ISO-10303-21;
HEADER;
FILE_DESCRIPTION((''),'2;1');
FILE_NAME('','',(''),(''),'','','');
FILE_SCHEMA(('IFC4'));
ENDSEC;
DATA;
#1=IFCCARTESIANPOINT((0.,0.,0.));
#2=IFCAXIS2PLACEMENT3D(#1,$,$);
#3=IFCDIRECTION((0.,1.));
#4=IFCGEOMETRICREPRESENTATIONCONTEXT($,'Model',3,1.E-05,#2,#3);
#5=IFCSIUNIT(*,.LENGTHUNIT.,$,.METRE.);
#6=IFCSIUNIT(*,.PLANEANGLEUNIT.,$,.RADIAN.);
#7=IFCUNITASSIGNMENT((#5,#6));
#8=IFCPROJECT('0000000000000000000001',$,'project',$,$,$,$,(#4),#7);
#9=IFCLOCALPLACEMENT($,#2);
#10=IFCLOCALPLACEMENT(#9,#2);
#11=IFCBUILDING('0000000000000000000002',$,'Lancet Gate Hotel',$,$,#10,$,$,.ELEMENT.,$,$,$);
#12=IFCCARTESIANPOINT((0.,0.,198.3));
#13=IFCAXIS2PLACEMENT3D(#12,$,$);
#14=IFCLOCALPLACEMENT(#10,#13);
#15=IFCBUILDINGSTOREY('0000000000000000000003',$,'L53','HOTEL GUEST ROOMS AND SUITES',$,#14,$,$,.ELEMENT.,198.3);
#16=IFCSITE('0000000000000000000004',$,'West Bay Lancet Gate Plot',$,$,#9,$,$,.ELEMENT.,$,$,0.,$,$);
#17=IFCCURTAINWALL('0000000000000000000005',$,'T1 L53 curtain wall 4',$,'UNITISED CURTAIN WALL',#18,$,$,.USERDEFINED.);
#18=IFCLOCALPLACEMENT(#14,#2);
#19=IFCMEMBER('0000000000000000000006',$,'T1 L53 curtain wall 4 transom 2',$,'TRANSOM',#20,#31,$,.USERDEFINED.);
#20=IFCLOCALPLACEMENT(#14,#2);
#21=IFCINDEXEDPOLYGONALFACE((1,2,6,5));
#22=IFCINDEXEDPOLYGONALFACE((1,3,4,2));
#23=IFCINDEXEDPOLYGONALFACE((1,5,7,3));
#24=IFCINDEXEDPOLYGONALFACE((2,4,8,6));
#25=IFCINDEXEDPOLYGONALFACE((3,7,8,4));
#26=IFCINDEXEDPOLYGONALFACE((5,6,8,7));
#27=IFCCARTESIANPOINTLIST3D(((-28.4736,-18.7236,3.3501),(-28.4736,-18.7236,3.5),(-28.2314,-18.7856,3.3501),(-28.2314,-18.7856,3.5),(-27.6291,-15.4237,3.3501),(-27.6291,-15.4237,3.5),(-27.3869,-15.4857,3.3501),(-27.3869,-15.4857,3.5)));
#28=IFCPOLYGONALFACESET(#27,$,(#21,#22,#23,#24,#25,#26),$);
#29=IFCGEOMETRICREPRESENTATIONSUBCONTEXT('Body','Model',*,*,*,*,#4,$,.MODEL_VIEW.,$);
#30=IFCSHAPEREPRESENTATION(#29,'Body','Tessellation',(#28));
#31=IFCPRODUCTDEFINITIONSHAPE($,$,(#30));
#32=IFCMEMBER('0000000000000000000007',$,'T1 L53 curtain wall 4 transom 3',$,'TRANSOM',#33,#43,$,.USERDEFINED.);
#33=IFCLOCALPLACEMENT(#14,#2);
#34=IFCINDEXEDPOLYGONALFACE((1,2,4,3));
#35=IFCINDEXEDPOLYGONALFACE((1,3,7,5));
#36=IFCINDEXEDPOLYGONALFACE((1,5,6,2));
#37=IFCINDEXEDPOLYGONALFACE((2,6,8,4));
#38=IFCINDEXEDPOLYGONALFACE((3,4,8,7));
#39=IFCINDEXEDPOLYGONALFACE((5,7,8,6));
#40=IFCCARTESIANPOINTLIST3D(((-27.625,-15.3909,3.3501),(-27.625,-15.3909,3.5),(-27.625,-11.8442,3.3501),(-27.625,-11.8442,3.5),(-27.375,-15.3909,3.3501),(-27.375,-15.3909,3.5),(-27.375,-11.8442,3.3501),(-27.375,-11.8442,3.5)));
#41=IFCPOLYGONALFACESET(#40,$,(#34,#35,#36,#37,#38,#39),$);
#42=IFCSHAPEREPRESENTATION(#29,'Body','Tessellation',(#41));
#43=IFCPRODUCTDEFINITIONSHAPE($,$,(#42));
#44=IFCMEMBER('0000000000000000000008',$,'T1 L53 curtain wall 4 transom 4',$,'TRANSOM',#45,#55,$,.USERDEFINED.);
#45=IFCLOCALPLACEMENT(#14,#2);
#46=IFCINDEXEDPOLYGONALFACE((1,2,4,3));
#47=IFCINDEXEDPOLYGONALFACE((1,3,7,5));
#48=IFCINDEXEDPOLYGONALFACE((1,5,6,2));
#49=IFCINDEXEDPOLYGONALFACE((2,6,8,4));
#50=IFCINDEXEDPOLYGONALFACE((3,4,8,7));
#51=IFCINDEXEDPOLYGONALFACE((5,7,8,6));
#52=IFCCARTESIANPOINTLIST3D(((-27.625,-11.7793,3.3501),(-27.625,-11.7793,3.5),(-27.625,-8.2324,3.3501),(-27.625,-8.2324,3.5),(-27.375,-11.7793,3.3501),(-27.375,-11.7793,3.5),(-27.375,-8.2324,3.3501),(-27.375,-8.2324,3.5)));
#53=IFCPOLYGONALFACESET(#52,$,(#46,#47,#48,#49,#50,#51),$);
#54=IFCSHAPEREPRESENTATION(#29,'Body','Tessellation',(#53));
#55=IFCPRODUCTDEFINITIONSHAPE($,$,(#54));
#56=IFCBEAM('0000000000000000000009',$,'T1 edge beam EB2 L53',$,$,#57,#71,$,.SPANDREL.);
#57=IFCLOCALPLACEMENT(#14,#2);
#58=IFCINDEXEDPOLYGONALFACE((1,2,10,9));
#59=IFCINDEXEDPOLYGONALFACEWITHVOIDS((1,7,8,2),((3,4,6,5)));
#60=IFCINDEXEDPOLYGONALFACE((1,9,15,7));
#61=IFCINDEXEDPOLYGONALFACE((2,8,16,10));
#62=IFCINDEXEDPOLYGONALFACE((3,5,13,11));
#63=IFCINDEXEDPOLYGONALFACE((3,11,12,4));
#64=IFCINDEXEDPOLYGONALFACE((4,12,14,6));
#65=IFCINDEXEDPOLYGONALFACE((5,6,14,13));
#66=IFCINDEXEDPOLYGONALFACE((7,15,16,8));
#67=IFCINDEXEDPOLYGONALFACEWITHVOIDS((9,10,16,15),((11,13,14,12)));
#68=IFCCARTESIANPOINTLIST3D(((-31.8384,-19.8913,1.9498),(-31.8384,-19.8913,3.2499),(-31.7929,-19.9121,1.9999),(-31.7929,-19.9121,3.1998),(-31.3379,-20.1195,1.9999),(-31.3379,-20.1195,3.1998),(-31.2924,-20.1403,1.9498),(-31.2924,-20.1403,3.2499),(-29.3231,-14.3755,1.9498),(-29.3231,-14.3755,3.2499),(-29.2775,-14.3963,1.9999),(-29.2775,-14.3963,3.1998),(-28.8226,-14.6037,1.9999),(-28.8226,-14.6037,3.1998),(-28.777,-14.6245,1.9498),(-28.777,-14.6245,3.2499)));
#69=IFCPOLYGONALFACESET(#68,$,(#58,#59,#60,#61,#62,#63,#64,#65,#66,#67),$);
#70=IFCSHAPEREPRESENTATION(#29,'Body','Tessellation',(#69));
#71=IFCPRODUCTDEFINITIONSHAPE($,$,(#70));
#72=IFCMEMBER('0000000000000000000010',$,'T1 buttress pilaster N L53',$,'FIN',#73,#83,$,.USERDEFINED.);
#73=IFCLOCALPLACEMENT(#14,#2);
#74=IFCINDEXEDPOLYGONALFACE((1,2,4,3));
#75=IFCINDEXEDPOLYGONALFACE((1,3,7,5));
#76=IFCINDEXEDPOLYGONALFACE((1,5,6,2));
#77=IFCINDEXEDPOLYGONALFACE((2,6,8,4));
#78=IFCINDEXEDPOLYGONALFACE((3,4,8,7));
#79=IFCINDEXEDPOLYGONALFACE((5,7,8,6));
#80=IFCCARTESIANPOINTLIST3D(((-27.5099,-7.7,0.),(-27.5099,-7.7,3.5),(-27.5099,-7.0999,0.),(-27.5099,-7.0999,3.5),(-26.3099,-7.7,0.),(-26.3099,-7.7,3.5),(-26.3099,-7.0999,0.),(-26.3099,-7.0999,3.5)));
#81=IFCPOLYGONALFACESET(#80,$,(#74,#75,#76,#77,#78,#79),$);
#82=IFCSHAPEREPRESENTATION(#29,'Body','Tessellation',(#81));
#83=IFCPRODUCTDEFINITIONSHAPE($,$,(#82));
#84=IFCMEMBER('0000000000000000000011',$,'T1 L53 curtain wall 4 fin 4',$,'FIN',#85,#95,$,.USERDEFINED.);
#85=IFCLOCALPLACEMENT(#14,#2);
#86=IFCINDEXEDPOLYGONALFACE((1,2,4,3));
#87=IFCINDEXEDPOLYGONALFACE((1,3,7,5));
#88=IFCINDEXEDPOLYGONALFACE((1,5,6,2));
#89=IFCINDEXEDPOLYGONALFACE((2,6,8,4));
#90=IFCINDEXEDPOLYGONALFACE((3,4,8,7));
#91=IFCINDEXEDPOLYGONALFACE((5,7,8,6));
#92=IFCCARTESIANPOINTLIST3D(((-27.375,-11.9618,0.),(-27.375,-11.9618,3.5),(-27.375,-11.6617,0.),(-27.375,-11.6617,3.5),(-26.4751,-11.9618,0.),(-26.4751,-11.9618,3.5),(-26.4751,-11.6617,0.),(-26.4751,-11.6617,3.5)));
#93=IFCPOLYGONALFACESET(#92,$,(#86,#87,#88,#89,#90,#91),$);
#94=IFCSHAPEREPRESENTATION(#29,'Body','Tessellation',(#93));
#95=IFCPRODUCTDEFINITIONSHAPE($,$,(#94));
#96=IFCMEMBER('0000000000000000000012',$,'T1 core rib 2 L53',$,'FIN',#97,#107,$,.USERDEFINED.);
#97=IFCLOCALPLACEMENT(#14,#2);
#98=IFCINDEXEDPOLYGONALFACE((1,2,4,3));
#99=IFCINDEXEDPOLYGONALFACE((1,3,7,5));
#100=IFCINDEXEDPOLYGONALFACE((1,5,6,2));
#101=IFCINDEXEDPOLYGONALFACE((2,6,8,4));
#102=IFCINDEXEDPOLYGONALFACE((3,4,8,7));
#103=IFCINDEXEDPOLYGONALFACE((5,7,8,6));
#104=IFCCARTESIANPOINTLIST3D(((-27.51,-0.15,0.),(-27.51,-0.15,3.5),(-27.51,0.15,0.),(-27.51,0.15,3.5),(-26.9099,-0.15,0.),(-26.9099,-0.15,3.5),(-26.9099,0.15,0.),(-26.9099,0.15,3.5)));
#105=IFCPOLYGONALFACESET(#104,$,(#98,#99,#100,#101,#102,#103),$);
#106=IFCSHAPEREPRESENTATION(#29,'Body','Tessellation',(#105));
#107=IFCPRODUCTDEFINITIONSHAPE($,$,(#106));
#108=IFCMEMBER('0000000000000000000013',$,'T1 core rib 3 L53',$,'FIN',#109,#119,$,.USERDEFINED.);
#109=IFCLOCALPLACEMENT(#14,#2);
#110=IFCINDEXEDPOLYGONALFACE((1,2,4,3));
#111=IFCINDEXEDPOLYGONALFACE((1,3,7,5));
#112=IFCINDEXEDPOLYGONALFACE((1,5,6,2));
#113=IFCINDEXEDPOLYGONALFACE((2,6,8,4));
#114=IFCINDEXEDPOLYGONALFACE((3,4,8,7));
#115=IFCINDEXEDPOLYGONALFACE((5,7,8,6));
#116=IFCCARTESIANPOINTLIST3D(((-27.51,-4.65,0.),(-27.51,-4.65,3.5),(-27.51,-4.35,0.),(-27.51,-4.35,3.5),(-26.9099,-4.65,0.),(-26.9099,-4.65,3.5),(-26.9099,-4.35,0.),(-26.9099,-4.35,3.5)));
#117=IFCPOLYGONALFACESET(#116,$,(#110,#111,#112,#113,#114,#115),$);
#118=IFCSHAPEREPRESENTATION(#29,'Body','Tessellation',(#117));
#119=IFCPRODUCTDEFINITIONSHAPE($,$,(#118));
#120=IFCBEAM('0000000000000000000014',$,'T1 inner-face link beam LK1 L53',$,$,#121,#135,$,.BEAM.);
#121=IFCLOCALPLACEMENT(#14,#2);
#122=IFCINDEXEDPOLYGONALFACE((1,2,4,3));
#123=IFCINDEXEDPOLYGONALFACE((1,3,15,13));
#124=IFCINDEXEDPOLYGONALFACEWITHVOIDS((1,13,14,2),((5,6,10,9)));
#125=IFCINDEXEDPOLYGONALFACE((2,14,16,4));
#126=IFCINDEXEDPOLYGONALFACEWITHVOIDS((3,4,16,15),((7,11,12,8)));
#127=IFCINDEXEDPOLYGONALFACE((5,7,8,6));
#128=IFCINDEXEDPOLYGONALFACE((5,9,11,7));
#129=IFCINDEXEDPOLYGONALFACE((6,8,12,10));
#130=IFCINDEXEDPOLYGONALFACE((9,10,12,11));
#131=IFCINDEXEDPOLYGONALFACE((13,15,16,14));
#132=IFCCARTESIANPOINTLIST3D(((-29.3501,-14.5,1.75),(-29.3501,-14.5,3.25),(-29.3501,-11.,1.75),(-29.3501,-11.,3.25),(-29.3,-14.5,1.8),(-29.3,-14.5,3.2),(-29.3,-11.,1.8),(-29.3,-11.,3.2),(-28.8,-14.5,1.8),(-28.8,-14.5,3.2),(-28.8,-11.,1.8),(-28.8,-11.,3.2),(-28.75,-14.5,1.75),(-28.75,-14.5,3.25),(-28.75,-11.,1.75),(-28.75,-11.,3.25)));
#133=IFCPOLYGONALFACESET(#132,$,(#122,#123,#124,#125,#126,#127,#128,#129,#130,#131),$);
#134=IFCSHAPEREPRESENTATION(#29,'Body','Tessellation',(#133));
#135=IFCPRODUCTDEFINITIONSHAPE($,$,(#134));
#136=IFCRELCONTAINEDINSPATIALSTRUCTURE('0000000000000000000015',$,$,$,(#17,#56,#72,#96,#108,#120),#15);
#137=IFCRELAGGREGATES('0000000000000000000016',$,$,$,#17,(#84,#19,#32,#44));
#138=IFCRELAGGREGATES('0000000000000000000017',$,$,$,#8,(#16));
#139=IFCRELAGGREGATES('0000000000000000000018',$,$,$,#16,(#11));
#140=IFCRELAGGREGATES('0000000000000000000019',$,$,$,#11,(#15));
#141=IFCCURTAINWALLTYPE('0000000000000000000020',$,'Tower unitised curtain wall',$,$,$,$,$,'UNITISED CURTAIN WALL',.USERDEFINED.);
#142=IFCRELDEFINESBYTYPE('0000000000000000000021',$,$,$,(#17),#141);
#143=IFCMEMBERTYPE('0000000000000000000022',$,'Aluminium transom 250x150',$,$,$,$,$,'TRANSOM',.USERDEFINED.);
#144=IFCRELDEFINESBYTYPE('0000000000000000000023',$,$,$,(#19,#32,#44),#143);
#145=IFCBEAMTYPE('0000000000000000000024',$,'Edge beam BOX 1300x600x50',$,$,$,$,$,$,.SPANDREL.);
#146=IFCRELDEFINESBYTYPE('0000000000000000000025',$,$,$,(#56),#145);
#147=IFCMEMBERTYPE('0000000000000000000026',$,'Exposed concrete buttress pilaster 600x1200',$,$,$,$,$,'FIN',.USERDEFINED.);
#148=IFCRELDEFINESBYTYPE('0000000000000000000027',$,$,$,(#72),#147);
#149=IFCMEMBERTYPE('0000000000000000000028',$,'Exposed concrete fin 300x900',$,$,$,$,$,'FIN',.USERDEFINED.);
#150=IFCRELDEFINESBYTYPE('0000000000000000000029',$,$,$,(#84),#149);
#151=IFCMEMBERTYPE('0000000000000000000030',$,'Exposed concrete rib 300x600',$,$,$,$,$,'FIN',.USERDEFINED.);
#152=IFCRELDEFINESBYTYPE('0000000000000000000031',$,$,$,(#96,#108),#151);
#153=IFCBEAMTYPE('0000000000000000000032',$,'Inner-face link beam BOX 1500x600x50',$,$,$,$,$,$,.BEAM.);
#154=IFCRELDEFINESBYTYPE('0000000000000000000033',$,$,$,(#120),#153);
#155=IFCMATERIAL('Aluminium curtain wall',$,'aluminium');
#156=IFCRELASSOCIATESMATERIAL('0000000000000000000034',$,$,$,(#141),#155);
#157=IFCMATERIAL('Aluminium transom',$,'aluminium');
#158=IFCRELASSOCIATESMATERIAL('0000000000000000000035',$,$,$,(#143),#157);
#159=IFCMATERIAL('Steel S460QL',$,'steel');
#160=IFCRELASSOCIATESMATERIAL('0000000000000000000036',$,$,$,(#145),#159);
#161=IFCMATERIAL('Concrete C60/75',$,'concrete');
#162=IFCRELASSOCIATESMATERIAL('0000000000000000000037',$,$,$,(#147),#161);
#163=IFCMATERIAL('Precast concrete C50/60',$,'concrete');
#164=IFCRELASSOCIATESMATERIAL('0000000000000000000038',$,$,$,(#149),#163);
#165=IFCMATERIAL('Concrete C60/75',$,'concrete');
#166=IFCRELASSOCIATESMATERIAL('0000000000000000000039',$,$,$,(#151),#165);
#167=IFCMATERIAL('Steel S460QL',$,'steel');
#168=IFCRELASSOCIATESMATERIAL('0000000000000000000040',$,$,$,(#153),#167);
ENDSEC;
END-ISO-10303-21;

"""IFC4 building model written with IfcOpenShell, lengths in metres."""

from ifc_helpers import new_model, si_unit, direction, frame, origin, origin_2d, place, context, subcontext, project, spatial, rectangle, hollow_rectangle, extrude, material, material_profile, profile_set, type_object, element, aggregate, save


model = new_model("IFC4")

# Units and contexts
model_context = context("Model", 3, precision=1e-05, world=origin(), true_north=direction((0.0, 1.0)))
body_context = subcontext(model_context, "Body", "Model", "MODEL_VIEW")
ifc_project = project(units=[si_unit("LENGTHUNIT", "METRE"), si_unit("PLANEANGLEUNIT", "RADIAN")], contexts=[model_context])

# Site, building, storey
site_placement = place(None, origin())
site = spatial("IfcSite", under=ifc_project, at=site_placement, Name="West Bay Lancet Gate Plot", CompositionType="ELEMENT", RefElevation=0.0)
building_placement = place(site_placement, origin())
building = spatial("IfcBuilding", under=site, at=building_placement, Name="Lancet Gate Hotel", CompositionType="ELEMENT")
storey_placement = place(building_placement, frame((0.0, 0.0, 198.3)))
storey = spatial("IfcBuildingStorey", under=building, at=storey_placement, Name="L53", Description="HOTEL GUEST ROOMS AND SUITES", CompositionType="ELEMENT", Elevation=198.3)

# Curtain wall, members
ifc_material_1 = material(Name="Aluminium curtain wall", Category="aluminium")
curtain_wall_type = type_object("IfcCurtainWallType", Name="Tower unitised curtain wall", ElementType="UNITISED CURTAIN WALL", PredefinedType="USERDEFINED", material=ifc_material_1)
curtain_wall_placement = place(storey_placement, origin())
curtain_wall = element("IfcCurtainWall", 1, at=curtain_wall_placement, inside=storey, type_object=curtain_wall_type, Name="T1 L53 curtain wall 4", ObjectType="UNITISED CURTAIN WALL", PredefinedType="USERDEFINED")
ifc_material_2 = material(Name="Aluminium transom", Category="aluminium")
ifc_material_profile_1 = material_profile(ifc_material_2, rectangle(XDim=0.25, YDim=0.1499, at=origin_2d()), Name="TRANSOM 250x150")
ifc_profile_set_1 = profile_set([ifc_material_profile_1], Name="Aluminium transom")
member_type_1 = type_object("IfcMemberType", Name="Aluminium transom 250x150", ElementType="TRANSOM", PredefinedType="USERDEFINED", material=ifc_profile_set_1)
member_1_placement = place(storey_placement, frame((-28.3525, -18.7546, 3.425), z_axis=(0.247929, 0.968778, 0.0), x_axis=(-0.968778, 0.247929, 0.0)))
member_1 = element("IfcMember", 2, at=member_1_placement, type_object=member_type_1, Name="T1 L53 curtain wall 4 transom 2", ObjectType="TRANSOM", PredefinedType="USERDEFINED", context=body_context, shape_type="SweptSolid", body=[
    extrude(rectangle(XDim=0.25, YDim=0.1499, at=origin_2d()), origin(), (0.0, 0.0, 1.0), 3.4062),
])
member_2_placement = place(storey_placement, frame((-27.5, -15.3909, 3.425), z_axis=(0.0, 1.0, 0.0), x_axis=(-1.0, 0.0, 0.0)))
member_2 = element("IfcMember", 3, at=member_2_placement, type_object=member_type_1, Name="T1 L53 curtain wall 4 transom 3", ObjectType="TRANSOM", PredefinedType="USERDEFINED", context=body_context, shape_type="SweptSolid", body=[
    extrude(rectangle(XDim=0.25, YDim=0.1499, at=origin_2d()), origin(), (0.0, 0.0, 1.0), 3.5466),
])
member_3_placement = place(storey_placement, frame((-27.5, -11.7793, 3.425), z_axis=(0.0, 1.0, 0.0), x_axis=(-1.0, 0.0, 0.0)))
member_3 = element("IfcMember", 4, at=member_3_placement, type_object=member_type_1, Name="T1 L53 curtain wall 4 transom 4", ObjectType="TRANSOM", PredefinedType="USERDEFINED", context=body_context, shape_type="SweptSolid", body=[
    extrude(rectangle(XDim=0.25, YDim=0.1499, at=origin_2d()), origin(), (0.0, 0.0, 1.0), 3.5469),
])

# Beam
ifc_material_3 = material(Name="Steel S460QL", Category="steel")
ifc_material_profile_2 = material_profile(ifc_material_3, hollow_rectangle(XDim=0.6001, YDim=1.3, WallThickness=0.05, at=origin_2d()), Name="BOX 1300x600x50")
ifc_profile_set_2 = profile_set([ifc_material_profile_2], Name="Steel S460QL")
beam_type_1 = type_object("IfcBeamType", Name="Edge beam BOX 1300x600x50", PredefinedType="SPANDREL", material=ifc_profile_set_2)
beam_1_placement = place(storey_placement, frame((-29.05, -14.5, 2.5999), z_axis=(-0.414919, -0.909858, 0.0), x_axis=(0.909858, -0.414919, 0.0)))
element("IfcBeam", 5, at=beam_1_placement, inside=storey, type_object=beam_type_1, Name="T1 edge beam EB2 L53", PredefinedType="SPANDREL", context=body_context, shape_type="SweptSolid", body=[
    extrude(hollow_rectangle(XDim=0.6001, YDim=1.3, WallThickness=0.05, at=origin_2d()), origin(), (0.0, 0.0, 1.0), 6.0623),
])

# Members
ifc_material_4 = material(Name="Concrete C60/75", Category="concrete")
ifc_material_profile_3 = material_profile(ifc_material_4, rectangle(XDim=0.6001, YDim=1.2, at=origin_2d()), Name="FIN 600x1200")
ifc_profile_set_3 = profile_set([ifc_material_profile_3], Name="Concrete C60/75")
member_type_2 = type_object("IfcMemberType", Name="Exposed concrete buttress pilaster 600x1200", ElementType="FIN", PredefinedType="USERDEFINED", material=ifc_profile_set_3)
member_4_placement = place(storey_placement, frame((-26.9099, -7.3999, 0.0), z_axis=(0.0, 0.0, 1.0), x_axis=(0.0, 1.0, 0.0)))
element("IfcMember", 6, at=member_4_placement, inside=storey, type_object=member_type_2, Name="T1 buttress pilaster N L53", ObjectType="FIN", PredefinedType="USERDEFINED", context=body_context, shape_type="SweptSolid", body=[
    extrude(rectangle(XDim=0.6001, YDim=1.2, at=origin_2d()), origin(), (0.0, 0.0, 1.0), 3.5),
])
ifc_material_5 = material(Name="Precast concrete C50/60", Category="concrete")
ifc_material_profile_4 = material_profile(ifc_material_5, rectangle(XDim=0.3, YDim=0.8999, at=origin_2d()), Name="FIN 300x900")
ifc_profile_set_4 = profile_set([ifc_material_profile_4], Name="Precast concrete C50/60")
member_type_3 = type_object("IfcMemberType", Name="Exposed concrete fin 300x900", ElementType="FIN", PredefinedType="USERDEFINED", material=ifc_profile_set_4)
member_5_placement = place(storey_placement, frame((-26.925, -11.8118, 0.0), z_axis=(0.0, 0.0, 1.0), x_axis=(0.0, 1.0, 0.0)))
member_5 = element("IfcMember", 7, at=member_5_placement, type_object=member_type_3, Name="T1 L53 curtain wall 4 fin 4", ObjectType="FIN", PredefinedType="USERDEFINED", context=body_context, shape_type="SweptSolid", body=[
    extrude(rectangle(XDim=0.3, YDim=0.8999, at=origin_2d()), origin(), (0.0, 0.0, 1.0), 3.5),
])

# Members
ifc_material_6 = material(Name="Concrete C60/75", Category="concrete")
ifc_material_profile_5 = material_profile(ifc_material_6, rectangle(XDim=0.3, YDim=0.6001, at=origin_2d()), Name="FIN 300x600")
ifc_profile_set_5 = profile_set([ifc_material_profile_5], Name="Concrete C60/75")
member_type_4 = type_object("IfcMemberType", Name="Exposed concrete rib 300x600", ElementType="FIN", PredefinedType="USERDEFINED", material=ifc_profile_set_5)
for number, where, z_axis, x_axis, name in (
    (8, (-27.21, 0.0, 0.0), (0.0, 0.0, 1.0), (0.0, 1.0, 0.0), "T1 core rib 2 L53"),
    (9, (-27.21, -4.5, 0.0), (0.0, 0.0, 1.0), (0.0, 1.0, 0.0), "T1 core rib 3 L53"),
):
    element("IfcMember", number, at=place(storey_placement, frame(where, z_axis=z_axis, x_axis=x_axis)), inside=storey, type_object=member_type_4, Name=name, ObjectType="FIN", PredefinedType="USERDEFINED", context=body_context, shape_type="SweptSolid", body=[
        extrude(rectangle(XDim=0.3, YDim=0.6001, at=origin_2d()), origin(), (0.0, 0.0, 1.0), 3.5),
    ])

# Beam
ifc_material_7 = material(Name="Steel S460QL", Category="steel")
ifc_material_profile_6 = material_profile(ifc_material_7, hollow_rectangle(XDim=0.6001, YDim=1.5, WallThickness=0.05, at=origin_2d()), Name="BOX 1500x600x50")
ifc_profile_set_6 = profile_set([ifc_material_profile_6], Name="Steel S460QL")
beam_type_2 = type_object("IfcBeamType", Name="Inner-face link beam BOX 1500x600x50", PredefinedType="BEAM", material=ifc_profile_set_6)
beam_2_placement = place(storey_placement, frame((-29.05, -11.0, 2.5), z_axis=(0.0, -1.0, 0.0), x_axis=(1.0, 0.0, 0.0)))
element("IfcBeam", 10, at=beam_2_placement, inside=storey, type_object=beam_type_2, Name="T1 inner-face link beam LK1 L53", PredefinedType="BEAM", context=body_context, shape_type="SweptSolid", body=[
    extrude(hollow_rectangle(XDim=0.6001, YDim=1.5, WallThickness=0.05, at=origin_2d()), origin(), (0.0, 0.0, 1.0), 3.5),
])

aggregate(curtain_wall, [member_5, member_1, member_2, member_3])

save(model, "model.ifc")
